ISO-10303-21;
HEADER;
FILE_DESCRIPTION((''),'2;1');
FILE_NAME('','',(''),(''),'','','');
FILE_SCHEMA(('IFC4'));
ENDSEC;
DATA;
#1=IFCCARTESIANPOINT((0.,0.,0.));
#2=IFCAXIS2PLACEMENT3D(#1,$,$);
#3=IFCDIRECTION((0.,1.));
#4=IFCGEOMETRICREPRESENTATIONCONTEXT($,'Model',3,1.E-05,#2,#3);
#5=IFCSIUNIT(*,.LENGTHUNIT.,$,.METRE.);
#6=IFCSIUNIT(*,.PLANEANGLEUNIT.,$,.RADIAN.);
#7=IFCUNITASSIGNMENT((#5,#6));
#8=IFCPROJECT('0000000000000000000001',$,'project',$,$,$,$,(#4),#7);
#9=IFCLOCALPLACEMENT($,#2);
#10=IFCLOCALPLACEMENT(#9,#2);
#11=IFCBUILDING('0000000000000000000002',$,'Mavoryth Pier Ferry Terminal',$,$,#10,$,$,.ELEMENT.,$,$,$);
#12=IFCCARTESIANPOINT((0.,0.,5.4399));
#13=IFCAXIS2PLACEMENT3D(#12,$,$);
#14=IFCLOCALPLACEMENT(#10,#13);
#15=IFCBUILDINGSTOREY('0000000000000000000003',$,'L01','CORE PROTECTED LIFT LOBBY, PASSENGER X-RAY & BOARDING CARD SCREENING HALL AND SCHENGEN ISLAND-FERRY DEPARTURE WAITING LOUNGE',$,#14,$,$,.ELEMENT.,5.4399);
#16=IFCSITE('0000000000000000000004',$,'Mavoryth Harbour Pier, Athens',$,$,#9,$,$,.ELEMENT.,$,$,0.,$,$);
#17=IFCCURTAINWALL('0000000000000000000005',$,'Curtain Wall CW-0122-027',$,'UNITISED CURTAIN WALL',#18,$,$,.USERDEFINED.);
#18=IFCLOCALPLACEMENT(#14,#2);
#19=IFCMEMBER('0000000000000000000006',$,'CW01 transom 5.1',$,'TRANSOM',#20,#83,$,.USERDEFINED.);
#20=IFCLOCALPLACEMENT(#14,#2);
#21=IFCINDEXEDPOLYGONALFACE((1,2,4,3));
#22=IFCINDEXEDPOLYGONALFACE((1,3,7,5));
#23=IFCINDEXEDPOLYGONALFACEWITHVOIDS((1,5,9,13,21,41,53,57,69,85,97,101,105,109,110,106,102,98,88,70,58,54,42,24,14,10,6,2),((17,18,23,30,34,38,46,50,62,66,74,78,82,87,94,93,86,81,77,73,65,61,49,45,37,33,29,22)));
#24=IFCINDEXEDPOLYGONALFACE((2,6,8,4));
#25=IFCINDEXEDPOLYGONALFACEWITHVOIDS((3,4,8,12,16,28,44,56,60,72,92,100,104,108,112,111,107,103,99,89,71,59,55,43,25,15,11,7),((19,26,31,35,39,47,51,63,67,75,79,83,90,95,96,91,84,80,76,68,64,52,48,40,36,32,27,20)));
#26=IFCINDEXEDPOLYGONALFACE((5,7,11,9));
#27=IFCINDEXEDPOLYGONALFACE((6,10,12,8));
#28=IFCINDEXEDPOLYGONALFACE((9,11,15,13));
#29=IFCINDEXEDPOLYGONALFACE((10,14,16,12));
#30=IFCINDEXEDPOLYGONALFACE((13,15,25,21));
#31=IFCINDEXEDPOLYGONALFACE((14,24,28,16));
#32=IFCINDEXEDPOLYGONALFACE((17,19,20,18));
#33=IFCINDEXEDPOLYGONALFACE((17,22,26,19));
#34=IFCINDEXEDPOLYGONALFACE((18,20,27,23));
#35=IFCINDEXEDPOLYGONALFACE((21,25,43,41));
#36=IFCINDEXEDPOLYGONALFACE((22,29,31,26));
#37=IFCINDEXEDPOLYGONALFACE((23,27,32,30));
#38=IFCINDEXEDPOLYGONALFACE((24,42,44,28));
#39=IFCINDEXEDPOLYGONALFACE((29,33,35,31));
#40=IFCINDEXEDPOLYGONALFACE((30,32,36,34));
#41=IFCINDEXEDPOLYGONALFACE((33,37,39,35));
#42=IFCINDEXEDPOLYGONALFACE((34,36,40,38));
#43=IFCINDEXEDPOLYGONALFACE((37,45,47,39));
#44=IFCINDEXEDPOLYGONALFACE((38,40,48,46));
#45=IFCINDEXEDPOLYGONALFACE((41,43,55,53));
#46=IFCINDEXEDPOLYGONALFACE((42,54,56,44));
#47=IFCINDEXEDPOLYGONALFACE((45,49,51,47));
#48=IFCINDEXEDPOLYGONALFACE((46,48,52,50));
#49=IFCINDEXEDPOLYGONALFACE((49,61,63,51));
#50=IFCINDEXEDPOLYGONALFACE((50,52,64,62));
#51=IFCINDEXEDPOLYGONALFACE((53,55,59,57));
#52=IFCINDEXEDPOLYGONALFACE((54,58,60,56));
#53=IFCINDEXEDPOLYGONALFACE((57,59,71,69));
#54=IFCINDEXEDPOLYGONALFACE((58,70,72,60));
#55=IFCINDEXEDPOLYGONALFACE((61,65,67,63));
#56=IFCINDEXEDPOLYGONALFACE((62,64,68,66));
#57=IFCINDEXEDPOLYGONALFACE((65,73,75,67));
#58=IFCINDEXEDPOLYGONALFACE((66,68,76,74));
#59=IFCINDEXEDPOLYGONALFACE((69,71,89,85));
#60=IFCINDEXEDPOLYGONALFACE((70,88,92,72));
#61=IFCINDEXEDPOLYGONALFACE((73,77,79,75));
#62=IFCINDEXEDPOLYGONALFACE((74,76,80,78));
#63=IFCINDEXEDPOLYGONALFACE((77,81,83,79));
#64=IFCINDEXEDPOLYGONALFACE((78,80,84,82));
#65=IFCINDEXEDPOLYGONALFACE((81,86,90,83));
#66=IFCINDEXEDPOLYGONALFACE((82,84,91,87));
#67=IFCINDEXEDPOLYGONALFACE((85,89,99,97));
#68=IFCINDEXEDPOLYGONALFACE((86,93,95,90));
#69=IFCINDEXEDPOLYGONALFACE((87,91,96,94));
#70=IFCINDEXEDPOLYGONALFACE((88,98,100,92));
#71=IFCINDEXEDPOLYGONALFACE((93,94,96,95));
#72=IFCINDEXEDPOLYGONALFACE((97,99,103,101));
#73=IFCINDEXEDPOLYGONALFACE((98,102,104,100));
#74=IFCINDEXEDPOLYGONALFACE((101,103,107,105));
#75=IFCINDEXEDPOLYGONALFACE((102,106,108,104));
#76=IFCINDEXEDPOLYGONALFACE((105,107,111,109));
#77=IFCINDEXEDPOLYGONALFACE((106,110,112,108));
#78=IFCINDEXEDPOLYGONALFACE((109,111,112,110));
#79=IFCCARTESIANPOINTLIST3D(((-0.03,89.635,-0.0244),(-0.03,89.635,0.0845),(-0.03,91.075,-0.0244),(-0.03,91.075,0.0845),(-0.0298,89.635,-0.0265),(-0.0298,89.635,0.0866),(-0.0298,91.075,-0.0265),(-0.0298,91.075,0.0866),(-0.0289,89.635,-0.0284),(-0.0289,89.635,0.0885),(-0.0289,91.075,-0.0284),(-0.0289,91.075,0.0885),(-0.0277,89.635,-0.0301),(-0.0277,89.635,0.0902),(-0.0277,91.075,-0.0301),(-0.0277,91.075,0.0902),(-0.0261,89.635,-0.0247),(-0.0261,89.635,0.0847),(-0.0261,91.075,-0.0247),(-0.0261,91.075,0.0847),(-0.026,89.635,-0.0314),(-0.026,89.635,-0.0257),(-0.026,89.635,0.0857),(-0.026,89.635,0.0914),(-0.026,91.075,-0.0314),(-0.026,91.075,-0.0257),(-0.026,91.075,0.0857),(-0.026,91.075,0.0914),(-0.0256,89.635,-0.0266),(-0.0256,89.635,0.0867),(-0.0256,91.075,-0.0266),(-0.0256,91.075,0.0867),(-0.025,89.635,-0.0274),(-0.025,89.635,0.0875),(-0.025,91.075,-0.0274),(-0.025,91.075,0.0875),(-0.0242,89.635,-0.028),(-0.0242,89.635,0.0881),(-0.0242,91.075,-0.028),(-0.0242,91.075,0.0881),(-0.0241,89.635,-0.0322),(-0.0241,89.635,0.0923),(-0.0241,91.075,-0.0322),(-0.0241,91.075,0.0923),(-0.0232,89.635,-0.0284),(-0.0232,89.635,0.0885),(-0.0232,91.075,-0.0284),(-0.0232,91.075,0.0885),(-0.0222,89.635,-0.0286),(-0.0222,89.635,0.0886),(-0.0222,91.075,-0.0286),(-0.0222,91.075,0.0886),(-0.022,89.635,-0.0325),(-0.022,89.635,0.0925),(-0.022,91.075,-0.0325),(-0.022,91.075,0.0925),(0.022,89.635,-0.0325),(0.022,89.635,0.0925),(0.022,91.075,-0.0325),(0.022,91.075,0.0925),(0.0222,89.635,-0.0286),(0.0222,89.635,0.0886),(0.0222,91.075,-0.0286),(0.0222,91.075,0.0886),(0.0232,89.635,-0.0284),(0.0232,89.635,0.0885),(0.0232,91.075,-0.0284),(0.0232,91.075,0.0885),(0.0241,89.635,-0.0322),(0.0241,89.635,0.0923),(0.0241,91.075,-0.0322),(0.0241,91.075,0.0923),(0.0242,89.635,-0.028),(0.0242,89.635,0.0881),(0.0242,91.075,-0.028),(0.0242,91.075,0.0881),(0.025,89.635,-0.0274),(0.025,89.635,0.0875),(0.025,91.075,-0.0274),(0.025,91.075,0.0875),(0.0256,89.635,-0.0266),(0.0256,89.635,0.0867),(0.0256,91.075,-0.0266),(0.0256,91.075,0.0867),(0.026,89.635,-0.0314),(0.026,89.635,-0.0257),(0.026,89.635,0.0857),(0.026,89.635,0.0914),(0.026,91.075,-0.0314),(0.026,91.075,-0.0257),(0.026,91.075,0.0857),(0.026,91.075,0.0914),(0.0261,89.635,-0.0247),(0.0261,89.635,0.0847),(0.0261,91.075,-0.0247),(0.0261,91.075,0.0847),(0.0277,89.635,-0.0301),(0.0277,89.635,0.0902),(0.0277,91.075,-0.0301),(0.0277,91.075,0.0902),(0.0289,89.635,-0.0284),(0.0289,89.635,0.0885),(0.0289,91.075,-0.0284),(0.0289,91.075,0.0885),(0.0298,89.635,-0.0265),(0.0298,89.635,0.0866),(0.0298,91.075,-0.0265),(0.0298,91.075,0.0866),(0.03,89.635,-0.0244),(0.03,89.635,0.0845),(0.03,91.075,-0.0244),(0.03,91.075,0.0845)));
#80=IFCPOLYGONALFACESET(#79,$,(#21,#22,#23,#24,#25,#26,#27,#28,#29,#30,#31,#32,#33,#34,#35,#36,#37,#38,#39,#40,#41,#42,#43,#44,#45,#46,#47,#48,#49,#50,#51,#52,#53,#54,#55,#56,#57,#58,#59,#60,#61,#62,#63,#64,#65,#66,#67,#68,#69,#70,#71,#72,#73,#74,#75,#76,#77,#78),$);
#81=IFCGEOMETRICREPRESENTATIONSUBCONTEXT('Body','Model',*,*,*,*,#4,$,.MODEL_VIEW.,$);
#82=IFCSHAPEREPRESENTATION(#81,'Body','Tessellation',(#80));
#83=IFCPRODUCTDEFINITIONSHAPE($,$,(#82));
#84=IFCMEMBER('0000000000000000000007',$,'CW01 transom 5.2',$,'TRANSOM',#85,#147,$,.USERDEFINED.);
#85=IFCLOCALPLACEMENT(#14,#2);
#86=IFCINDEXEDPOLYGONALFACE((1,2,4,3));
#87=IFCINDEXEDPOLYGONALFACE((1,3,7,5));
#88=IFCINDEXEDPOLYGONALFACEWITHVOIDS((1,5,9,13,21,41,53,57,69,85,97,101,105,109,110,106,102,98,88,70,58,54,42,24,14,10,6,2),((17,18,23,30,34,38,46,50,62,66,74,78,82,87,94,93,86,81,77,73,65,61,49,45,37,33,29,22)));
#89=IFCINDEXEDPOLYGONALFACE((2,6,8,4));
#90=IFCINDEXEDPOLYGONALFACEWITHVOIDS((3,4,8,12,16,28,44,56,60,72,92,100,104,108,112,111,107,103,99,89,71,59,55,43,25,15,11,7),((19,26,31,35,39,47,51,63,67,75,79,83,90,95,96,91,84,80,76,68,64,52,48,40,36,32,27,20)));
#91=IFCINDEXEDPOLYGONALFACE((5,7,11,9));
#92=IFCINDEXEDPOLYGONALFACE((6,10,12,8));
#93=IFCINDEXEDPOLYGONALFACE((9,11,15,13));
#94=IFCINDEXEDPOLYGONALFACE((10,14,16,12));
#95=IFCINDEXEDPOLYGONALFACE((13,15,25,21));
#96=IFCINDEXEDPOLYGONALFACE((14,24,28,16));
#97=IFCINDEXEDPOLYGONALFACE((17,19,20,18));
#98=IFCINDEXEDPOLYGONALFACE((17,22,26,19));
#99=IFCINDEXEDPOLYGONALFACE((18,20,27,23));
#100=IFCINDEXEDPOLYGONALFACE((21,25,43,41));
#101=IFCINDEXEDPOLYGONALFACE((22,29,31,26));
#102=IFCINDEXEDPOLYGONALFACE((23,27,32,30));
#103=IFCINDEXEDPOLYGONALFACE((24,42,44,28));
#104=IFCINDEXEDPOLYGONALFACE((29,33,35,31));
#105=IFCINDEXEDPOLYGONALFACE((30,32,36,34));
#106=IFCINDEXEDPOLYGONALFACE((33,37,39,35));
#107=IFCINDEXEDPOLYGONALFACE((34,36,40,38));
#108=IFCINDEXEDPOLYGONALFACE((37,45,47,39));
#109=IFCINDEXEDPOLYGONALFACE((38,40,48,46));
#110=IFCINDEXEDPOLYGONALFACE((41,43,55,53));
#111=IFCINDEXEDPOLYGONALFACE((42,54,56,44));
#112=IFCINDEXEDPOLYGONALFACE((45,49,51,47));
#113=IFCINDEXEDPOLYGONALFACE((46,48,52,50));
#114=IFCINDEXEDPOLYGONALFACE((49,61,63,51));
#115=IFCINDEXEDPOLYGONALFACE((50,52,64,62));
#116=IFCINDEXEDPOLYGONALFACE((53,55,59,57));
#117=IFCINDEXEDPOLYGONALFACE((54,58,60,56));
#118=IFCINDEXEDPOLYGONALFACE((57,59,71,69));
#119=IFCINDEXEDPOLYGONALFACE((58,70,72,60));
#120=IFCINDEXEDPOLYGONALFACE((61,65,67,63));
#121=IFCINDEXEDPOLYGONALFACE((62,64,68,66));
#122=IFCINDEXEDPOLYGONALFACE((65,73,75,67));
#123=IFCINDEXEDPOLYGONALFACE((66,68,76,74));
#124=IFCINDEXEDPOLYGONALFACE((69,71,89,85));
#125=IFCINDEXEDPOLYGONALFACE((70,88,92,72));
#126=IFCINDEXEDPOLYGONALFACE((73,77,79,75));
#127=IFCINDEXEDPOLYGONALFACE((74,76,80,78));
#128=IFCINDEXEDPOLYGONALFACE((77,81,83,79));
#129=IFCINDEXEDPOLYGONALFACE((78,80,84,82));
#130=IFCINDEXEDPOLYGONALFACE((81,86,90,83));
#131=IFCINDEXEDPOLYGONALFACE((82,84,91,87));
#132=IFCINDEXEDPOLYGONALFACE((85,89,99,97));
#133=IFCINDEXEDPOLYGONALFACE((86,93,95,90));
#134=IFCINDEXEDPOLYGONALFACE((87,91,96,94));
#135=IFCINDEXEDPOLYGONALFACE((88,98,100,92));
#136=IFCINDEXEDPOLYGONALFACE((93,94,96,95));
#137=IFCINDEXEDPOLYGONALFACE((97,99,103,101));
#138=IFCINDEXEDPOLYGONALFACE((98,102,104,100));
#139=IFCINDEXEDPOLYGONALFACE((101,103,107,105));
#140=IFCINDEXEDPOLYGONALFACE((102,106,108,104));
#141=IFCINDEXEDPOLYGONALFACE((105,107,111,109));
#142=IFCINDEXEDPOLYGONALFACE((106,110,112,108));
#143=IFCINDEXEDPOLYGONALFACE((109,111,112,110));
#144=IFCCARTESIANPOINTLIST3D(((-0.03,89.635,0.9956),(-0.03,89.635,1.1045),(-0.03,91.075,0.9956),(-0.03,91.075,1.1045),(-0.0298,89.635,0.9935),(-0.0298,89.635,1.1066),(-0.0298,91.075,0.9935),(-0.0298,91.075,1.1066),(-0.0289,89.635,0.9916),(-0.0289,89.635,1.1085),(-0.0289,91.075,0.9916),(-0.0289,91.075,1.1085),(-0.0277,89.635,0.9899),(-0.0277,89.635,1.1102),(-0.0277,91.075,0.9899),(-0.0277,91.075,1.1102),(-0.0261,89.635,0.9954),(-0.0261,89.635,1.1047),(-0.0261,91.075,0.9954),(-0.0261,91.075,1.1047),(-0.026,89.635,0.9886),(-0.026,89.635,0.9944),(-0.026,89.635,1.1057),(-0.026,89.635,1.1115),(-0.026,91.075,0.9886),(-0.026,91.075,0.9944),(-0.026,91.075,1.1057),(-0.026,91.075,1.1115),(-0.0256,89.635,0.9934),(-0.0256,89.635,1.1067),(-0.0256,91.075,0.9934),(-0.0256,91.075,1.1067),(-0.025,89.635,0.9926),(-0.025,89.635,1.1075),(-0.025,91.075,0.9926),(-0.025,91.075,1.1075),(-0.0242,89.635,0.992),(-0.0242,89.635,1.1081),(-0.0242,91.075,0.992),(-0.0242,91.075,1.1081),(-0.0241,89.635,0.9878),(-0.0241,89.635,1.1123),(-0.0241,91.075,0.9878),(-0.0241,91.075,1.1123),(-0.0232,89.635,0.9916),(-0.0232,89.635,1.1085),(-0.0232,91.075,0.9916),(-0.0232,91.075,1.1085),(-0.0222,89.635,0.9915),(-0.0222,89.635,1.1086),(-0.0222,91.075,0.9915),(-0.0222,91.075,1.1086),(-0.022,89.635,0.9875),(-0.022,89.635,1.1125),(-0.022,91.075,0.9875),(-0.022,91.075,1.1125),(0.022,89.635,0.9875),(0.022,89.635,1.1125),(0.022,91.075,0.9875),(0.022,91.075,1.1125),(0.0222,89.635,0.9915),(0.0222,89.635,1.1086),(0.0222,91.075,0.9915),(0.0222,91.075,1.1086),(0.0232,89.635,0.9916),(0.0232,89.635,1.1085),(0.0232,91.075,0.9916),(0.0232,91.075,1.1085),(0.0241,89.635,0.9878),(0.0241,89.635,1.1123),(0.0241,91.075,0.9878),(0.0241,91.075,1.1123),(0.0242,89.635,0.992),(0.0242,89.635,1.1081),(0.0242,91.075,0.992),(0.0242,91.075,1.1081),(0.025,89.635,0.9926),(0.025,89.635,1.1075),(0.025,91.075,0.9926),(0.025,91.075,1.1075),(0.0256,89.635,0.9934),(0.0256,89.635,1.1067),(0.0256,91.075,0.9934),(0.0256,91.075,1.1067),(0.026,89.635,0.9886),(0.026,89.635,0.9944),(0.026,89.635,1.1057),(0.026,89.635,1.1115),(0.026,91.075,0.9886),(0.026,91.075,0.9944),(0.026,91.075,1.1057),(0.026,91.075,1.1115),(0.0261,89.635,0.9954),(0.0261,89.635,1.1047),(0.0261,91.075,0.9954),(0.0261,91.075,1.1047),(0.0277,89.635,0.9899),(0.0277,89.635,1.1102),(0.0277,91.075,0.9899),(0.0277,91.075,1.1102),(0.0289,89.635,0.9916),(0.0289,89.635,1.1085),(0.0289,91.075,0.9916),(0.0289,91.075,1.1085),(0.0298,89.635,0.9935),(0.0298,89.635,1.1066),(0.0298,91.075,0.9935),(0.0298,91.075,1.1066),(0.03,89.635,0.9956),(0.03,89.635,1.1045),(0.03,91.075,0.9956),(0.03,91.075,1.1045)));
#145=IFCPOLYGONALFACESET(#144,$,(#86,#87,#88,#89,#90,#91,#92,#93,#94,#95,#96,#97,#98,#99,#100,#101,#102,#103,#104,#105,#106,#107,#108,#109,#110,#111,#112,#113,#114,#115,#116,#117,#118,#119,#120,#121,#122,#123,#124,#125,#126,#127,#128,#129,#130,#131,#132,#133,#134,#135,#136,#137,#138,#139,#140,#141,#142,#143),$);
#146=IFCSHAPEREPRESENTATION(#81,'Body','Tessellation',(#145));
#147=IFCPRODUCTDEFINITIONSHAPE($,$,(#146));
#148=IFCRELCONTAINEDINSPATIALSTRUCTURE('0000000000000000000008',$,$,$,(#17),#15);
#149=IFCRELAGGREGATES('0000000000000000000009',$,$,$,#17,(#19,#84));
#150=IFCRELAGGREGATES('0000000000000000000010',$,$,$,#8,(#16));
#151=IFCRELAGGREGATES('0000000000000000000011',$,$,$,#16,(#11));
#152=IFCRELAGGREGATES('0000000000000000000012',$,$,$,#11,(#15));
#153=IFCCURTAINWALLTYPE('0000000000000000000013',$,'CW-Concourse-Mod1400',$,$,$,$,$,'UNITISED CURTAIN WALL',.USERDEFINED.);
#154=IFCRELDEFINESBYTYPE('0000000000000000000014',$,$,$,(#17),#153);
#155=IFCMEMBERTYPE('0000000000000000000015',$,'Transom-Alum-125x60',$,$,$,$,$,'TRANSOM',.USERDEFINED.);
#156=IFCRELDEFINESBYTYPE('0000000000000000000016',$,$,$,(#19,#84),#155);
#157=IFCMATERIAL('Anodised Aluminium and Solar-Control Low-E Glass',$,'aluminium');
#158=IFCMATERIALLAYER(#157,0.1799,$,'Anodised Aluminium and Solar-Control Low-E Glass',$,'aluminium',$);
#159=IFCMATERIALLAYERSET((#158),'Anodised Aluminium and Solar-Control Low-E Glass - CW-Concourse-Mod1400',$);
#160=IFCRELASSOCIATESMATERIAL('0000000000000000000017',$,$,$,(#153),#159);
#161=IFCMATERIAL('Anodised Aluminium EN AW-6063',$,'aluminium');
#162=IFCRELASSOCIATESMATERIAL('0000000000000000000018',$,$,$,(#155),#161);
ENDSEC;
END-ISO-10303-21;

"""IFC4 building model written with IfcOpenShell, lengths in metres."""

from ifc_helpers import new_model, si_unit, direction, frame, origin, origin_2d, place, context, subcontext, project, spatial, hollow_rectangle, extrude, material, layer, layer_set, material_profile, profile_set, type_object, element, aggregate, save


model = new_model("IFC4")

# Units and contexts
model_context = context("Model", 3, precision=1e-05, world=origin(), true_north=direction((0.0, 1.0)))
body_context = subcontext(model_context, "Body", "Model", "MODEL_VIEW")
ifc_project = project(units=[si_unit("LENGTHUNIT", "METRE"), si_unit("PLANEANGLEUNIT", "RADIAN")], contexts=[model_context])

# Site, building, storey
site_placement = place(None, origin())
site = spatial("IfcSite", under=ifc_project, at=site_placement, Name="Mavoryth Harbour Pier, Athens", CompositionType="ELEMENT", RefElevation=0.0)
building_placement = place(site_placement, origin())
building = spatial("IfcBuilding", under=site, at=building_placement, Name="Mavoryth Pier Ferry Terminal", CompositionType="ELEMENT")
storey_placement = place(building_placement, frame((0.0, 0.0, 5.4399)))
storey = spatial("IfcBuildingStorey", under=building, at=storey_placement, Name="L01", Description="CORE PROTECTED LIFT LOBBY, PASSENGER X-RAY & BOARDING CARD SCREENING HALL AND SCHENGEN ISLAND-FERRY DEPARTURE WAITING LOUNGE", CompositionType="ELEMENT", Elevation=5.4399)

# Curtain wall
ifc_material_1 = material(Name="Anodised Aluminium and Solar-Control Low-E Glass", Category="aluminium")
ifc_layer_1 = layer(ifc_material_1, 0.1799, Name="Anodised Aluminium and Solar-Control Low-E Glass", Category="aluminium")
ifc_layer_set_1 = layer_set([ifc_layer_1], Name="Anodised Aluminium and Solar-Control Low-E Glass - CW-Concourse-Mod1400")
curtain_wall_type = type_object("IfcCurtainWallType", Name="CW-Concourse-Mod1400", ElementType="UNITISED CURTAIN WALL", PredefinedType="USERDEFINED", material=ifc_layer_set_1)
ifc_material_2 = material(Name="Anodised Aluminium EN AW-6063", Category="aluminium")
curtain_wall_1_placement = place(storey_placement, origin())
curtain_wall_1 = element("IfcCurtainWall", 1, at=curtain_wall_1_placement, inside=storey, type_object=curtain_wall_type, Name="Curtain Wall CW-0122-027", ObjectType="UNITISED CURTAIN WALL", PredefinedType="USERDEFINED")

# Members
ifc_material_profile_1 = material_profile(ifc_material_2, hollow_rectangle(XDim=0.0601, YDim=0.125, WallThickness=0.0039, InnerFilletRadius=0.0039, OuterFilletRadius=0.0081, at=origin_2d()), Name="AL-TRAN 125x60x4", Category="aluminium")
ifc_profile_set_1 = profile_set([ifc_material_profile_1], Name="Anodised Aluminium EN AW-6063 - AL-TRAN 125x60x4")
member_type_1 = type_object("IfcMemberType", Name="Transom-Alum-125x60", ElementType="TRANSOM", PredefinedType="USERDEFINED", material=ifc_profile_set_1)
member_1_placement = place(storey_placement, frame((0.0, 91.075, 0.03), z_axis=(0.0, -1.0, 0.0), x_axis=(1.0, 0.0, 0.0)))
member_1 = element("IfcMember", 2, at=member_1_placement, type_object=member_type_1, Name="CW01 transom 5.1", ObjectType="TRANSOM", PredefinedType="USERDEFINED", context=body_context, shape_type="SweptSolid", body=[
    extrude(hollow_rectangle(XDim=0.0601, YDim=0.125, WallThickness=0.0039, InnerFilletRadius=0.0039, OuterFilletRadius=0.0081, at=origin_2d()), origin(), (0.0, 0.0, 1.0), 1.4399),
])
member_2_placement = place(storey_placement, frame((0.0, 91.075, 1.05), z_axis=(0.0, -1.0, 0.0), x_axis=(1.0, 0.0, 0.0)))
member_2 = element("IfcMember", 3, at=member_2_placement, type_object=member_type_1, Name="CW01 transom 5.2", ObjectType="TRANSOM", PredefinedType="USERDEFINED", context=body_context, shape_type="SweptSolid", body=[
    extrude(hollow_rectangle(XDim=0.0601, YDim=0.125, WallThickness=0.0039, InnerFilletRadius=0.0039, OuterFilletRadius=0.0081, at=origin_2d()), origin(), (0.0, 0.0, 1.0), 1.4399),
])

aggregate(curtain_wall_1, [member_1, member_2])

save(model, "model.ifc")
